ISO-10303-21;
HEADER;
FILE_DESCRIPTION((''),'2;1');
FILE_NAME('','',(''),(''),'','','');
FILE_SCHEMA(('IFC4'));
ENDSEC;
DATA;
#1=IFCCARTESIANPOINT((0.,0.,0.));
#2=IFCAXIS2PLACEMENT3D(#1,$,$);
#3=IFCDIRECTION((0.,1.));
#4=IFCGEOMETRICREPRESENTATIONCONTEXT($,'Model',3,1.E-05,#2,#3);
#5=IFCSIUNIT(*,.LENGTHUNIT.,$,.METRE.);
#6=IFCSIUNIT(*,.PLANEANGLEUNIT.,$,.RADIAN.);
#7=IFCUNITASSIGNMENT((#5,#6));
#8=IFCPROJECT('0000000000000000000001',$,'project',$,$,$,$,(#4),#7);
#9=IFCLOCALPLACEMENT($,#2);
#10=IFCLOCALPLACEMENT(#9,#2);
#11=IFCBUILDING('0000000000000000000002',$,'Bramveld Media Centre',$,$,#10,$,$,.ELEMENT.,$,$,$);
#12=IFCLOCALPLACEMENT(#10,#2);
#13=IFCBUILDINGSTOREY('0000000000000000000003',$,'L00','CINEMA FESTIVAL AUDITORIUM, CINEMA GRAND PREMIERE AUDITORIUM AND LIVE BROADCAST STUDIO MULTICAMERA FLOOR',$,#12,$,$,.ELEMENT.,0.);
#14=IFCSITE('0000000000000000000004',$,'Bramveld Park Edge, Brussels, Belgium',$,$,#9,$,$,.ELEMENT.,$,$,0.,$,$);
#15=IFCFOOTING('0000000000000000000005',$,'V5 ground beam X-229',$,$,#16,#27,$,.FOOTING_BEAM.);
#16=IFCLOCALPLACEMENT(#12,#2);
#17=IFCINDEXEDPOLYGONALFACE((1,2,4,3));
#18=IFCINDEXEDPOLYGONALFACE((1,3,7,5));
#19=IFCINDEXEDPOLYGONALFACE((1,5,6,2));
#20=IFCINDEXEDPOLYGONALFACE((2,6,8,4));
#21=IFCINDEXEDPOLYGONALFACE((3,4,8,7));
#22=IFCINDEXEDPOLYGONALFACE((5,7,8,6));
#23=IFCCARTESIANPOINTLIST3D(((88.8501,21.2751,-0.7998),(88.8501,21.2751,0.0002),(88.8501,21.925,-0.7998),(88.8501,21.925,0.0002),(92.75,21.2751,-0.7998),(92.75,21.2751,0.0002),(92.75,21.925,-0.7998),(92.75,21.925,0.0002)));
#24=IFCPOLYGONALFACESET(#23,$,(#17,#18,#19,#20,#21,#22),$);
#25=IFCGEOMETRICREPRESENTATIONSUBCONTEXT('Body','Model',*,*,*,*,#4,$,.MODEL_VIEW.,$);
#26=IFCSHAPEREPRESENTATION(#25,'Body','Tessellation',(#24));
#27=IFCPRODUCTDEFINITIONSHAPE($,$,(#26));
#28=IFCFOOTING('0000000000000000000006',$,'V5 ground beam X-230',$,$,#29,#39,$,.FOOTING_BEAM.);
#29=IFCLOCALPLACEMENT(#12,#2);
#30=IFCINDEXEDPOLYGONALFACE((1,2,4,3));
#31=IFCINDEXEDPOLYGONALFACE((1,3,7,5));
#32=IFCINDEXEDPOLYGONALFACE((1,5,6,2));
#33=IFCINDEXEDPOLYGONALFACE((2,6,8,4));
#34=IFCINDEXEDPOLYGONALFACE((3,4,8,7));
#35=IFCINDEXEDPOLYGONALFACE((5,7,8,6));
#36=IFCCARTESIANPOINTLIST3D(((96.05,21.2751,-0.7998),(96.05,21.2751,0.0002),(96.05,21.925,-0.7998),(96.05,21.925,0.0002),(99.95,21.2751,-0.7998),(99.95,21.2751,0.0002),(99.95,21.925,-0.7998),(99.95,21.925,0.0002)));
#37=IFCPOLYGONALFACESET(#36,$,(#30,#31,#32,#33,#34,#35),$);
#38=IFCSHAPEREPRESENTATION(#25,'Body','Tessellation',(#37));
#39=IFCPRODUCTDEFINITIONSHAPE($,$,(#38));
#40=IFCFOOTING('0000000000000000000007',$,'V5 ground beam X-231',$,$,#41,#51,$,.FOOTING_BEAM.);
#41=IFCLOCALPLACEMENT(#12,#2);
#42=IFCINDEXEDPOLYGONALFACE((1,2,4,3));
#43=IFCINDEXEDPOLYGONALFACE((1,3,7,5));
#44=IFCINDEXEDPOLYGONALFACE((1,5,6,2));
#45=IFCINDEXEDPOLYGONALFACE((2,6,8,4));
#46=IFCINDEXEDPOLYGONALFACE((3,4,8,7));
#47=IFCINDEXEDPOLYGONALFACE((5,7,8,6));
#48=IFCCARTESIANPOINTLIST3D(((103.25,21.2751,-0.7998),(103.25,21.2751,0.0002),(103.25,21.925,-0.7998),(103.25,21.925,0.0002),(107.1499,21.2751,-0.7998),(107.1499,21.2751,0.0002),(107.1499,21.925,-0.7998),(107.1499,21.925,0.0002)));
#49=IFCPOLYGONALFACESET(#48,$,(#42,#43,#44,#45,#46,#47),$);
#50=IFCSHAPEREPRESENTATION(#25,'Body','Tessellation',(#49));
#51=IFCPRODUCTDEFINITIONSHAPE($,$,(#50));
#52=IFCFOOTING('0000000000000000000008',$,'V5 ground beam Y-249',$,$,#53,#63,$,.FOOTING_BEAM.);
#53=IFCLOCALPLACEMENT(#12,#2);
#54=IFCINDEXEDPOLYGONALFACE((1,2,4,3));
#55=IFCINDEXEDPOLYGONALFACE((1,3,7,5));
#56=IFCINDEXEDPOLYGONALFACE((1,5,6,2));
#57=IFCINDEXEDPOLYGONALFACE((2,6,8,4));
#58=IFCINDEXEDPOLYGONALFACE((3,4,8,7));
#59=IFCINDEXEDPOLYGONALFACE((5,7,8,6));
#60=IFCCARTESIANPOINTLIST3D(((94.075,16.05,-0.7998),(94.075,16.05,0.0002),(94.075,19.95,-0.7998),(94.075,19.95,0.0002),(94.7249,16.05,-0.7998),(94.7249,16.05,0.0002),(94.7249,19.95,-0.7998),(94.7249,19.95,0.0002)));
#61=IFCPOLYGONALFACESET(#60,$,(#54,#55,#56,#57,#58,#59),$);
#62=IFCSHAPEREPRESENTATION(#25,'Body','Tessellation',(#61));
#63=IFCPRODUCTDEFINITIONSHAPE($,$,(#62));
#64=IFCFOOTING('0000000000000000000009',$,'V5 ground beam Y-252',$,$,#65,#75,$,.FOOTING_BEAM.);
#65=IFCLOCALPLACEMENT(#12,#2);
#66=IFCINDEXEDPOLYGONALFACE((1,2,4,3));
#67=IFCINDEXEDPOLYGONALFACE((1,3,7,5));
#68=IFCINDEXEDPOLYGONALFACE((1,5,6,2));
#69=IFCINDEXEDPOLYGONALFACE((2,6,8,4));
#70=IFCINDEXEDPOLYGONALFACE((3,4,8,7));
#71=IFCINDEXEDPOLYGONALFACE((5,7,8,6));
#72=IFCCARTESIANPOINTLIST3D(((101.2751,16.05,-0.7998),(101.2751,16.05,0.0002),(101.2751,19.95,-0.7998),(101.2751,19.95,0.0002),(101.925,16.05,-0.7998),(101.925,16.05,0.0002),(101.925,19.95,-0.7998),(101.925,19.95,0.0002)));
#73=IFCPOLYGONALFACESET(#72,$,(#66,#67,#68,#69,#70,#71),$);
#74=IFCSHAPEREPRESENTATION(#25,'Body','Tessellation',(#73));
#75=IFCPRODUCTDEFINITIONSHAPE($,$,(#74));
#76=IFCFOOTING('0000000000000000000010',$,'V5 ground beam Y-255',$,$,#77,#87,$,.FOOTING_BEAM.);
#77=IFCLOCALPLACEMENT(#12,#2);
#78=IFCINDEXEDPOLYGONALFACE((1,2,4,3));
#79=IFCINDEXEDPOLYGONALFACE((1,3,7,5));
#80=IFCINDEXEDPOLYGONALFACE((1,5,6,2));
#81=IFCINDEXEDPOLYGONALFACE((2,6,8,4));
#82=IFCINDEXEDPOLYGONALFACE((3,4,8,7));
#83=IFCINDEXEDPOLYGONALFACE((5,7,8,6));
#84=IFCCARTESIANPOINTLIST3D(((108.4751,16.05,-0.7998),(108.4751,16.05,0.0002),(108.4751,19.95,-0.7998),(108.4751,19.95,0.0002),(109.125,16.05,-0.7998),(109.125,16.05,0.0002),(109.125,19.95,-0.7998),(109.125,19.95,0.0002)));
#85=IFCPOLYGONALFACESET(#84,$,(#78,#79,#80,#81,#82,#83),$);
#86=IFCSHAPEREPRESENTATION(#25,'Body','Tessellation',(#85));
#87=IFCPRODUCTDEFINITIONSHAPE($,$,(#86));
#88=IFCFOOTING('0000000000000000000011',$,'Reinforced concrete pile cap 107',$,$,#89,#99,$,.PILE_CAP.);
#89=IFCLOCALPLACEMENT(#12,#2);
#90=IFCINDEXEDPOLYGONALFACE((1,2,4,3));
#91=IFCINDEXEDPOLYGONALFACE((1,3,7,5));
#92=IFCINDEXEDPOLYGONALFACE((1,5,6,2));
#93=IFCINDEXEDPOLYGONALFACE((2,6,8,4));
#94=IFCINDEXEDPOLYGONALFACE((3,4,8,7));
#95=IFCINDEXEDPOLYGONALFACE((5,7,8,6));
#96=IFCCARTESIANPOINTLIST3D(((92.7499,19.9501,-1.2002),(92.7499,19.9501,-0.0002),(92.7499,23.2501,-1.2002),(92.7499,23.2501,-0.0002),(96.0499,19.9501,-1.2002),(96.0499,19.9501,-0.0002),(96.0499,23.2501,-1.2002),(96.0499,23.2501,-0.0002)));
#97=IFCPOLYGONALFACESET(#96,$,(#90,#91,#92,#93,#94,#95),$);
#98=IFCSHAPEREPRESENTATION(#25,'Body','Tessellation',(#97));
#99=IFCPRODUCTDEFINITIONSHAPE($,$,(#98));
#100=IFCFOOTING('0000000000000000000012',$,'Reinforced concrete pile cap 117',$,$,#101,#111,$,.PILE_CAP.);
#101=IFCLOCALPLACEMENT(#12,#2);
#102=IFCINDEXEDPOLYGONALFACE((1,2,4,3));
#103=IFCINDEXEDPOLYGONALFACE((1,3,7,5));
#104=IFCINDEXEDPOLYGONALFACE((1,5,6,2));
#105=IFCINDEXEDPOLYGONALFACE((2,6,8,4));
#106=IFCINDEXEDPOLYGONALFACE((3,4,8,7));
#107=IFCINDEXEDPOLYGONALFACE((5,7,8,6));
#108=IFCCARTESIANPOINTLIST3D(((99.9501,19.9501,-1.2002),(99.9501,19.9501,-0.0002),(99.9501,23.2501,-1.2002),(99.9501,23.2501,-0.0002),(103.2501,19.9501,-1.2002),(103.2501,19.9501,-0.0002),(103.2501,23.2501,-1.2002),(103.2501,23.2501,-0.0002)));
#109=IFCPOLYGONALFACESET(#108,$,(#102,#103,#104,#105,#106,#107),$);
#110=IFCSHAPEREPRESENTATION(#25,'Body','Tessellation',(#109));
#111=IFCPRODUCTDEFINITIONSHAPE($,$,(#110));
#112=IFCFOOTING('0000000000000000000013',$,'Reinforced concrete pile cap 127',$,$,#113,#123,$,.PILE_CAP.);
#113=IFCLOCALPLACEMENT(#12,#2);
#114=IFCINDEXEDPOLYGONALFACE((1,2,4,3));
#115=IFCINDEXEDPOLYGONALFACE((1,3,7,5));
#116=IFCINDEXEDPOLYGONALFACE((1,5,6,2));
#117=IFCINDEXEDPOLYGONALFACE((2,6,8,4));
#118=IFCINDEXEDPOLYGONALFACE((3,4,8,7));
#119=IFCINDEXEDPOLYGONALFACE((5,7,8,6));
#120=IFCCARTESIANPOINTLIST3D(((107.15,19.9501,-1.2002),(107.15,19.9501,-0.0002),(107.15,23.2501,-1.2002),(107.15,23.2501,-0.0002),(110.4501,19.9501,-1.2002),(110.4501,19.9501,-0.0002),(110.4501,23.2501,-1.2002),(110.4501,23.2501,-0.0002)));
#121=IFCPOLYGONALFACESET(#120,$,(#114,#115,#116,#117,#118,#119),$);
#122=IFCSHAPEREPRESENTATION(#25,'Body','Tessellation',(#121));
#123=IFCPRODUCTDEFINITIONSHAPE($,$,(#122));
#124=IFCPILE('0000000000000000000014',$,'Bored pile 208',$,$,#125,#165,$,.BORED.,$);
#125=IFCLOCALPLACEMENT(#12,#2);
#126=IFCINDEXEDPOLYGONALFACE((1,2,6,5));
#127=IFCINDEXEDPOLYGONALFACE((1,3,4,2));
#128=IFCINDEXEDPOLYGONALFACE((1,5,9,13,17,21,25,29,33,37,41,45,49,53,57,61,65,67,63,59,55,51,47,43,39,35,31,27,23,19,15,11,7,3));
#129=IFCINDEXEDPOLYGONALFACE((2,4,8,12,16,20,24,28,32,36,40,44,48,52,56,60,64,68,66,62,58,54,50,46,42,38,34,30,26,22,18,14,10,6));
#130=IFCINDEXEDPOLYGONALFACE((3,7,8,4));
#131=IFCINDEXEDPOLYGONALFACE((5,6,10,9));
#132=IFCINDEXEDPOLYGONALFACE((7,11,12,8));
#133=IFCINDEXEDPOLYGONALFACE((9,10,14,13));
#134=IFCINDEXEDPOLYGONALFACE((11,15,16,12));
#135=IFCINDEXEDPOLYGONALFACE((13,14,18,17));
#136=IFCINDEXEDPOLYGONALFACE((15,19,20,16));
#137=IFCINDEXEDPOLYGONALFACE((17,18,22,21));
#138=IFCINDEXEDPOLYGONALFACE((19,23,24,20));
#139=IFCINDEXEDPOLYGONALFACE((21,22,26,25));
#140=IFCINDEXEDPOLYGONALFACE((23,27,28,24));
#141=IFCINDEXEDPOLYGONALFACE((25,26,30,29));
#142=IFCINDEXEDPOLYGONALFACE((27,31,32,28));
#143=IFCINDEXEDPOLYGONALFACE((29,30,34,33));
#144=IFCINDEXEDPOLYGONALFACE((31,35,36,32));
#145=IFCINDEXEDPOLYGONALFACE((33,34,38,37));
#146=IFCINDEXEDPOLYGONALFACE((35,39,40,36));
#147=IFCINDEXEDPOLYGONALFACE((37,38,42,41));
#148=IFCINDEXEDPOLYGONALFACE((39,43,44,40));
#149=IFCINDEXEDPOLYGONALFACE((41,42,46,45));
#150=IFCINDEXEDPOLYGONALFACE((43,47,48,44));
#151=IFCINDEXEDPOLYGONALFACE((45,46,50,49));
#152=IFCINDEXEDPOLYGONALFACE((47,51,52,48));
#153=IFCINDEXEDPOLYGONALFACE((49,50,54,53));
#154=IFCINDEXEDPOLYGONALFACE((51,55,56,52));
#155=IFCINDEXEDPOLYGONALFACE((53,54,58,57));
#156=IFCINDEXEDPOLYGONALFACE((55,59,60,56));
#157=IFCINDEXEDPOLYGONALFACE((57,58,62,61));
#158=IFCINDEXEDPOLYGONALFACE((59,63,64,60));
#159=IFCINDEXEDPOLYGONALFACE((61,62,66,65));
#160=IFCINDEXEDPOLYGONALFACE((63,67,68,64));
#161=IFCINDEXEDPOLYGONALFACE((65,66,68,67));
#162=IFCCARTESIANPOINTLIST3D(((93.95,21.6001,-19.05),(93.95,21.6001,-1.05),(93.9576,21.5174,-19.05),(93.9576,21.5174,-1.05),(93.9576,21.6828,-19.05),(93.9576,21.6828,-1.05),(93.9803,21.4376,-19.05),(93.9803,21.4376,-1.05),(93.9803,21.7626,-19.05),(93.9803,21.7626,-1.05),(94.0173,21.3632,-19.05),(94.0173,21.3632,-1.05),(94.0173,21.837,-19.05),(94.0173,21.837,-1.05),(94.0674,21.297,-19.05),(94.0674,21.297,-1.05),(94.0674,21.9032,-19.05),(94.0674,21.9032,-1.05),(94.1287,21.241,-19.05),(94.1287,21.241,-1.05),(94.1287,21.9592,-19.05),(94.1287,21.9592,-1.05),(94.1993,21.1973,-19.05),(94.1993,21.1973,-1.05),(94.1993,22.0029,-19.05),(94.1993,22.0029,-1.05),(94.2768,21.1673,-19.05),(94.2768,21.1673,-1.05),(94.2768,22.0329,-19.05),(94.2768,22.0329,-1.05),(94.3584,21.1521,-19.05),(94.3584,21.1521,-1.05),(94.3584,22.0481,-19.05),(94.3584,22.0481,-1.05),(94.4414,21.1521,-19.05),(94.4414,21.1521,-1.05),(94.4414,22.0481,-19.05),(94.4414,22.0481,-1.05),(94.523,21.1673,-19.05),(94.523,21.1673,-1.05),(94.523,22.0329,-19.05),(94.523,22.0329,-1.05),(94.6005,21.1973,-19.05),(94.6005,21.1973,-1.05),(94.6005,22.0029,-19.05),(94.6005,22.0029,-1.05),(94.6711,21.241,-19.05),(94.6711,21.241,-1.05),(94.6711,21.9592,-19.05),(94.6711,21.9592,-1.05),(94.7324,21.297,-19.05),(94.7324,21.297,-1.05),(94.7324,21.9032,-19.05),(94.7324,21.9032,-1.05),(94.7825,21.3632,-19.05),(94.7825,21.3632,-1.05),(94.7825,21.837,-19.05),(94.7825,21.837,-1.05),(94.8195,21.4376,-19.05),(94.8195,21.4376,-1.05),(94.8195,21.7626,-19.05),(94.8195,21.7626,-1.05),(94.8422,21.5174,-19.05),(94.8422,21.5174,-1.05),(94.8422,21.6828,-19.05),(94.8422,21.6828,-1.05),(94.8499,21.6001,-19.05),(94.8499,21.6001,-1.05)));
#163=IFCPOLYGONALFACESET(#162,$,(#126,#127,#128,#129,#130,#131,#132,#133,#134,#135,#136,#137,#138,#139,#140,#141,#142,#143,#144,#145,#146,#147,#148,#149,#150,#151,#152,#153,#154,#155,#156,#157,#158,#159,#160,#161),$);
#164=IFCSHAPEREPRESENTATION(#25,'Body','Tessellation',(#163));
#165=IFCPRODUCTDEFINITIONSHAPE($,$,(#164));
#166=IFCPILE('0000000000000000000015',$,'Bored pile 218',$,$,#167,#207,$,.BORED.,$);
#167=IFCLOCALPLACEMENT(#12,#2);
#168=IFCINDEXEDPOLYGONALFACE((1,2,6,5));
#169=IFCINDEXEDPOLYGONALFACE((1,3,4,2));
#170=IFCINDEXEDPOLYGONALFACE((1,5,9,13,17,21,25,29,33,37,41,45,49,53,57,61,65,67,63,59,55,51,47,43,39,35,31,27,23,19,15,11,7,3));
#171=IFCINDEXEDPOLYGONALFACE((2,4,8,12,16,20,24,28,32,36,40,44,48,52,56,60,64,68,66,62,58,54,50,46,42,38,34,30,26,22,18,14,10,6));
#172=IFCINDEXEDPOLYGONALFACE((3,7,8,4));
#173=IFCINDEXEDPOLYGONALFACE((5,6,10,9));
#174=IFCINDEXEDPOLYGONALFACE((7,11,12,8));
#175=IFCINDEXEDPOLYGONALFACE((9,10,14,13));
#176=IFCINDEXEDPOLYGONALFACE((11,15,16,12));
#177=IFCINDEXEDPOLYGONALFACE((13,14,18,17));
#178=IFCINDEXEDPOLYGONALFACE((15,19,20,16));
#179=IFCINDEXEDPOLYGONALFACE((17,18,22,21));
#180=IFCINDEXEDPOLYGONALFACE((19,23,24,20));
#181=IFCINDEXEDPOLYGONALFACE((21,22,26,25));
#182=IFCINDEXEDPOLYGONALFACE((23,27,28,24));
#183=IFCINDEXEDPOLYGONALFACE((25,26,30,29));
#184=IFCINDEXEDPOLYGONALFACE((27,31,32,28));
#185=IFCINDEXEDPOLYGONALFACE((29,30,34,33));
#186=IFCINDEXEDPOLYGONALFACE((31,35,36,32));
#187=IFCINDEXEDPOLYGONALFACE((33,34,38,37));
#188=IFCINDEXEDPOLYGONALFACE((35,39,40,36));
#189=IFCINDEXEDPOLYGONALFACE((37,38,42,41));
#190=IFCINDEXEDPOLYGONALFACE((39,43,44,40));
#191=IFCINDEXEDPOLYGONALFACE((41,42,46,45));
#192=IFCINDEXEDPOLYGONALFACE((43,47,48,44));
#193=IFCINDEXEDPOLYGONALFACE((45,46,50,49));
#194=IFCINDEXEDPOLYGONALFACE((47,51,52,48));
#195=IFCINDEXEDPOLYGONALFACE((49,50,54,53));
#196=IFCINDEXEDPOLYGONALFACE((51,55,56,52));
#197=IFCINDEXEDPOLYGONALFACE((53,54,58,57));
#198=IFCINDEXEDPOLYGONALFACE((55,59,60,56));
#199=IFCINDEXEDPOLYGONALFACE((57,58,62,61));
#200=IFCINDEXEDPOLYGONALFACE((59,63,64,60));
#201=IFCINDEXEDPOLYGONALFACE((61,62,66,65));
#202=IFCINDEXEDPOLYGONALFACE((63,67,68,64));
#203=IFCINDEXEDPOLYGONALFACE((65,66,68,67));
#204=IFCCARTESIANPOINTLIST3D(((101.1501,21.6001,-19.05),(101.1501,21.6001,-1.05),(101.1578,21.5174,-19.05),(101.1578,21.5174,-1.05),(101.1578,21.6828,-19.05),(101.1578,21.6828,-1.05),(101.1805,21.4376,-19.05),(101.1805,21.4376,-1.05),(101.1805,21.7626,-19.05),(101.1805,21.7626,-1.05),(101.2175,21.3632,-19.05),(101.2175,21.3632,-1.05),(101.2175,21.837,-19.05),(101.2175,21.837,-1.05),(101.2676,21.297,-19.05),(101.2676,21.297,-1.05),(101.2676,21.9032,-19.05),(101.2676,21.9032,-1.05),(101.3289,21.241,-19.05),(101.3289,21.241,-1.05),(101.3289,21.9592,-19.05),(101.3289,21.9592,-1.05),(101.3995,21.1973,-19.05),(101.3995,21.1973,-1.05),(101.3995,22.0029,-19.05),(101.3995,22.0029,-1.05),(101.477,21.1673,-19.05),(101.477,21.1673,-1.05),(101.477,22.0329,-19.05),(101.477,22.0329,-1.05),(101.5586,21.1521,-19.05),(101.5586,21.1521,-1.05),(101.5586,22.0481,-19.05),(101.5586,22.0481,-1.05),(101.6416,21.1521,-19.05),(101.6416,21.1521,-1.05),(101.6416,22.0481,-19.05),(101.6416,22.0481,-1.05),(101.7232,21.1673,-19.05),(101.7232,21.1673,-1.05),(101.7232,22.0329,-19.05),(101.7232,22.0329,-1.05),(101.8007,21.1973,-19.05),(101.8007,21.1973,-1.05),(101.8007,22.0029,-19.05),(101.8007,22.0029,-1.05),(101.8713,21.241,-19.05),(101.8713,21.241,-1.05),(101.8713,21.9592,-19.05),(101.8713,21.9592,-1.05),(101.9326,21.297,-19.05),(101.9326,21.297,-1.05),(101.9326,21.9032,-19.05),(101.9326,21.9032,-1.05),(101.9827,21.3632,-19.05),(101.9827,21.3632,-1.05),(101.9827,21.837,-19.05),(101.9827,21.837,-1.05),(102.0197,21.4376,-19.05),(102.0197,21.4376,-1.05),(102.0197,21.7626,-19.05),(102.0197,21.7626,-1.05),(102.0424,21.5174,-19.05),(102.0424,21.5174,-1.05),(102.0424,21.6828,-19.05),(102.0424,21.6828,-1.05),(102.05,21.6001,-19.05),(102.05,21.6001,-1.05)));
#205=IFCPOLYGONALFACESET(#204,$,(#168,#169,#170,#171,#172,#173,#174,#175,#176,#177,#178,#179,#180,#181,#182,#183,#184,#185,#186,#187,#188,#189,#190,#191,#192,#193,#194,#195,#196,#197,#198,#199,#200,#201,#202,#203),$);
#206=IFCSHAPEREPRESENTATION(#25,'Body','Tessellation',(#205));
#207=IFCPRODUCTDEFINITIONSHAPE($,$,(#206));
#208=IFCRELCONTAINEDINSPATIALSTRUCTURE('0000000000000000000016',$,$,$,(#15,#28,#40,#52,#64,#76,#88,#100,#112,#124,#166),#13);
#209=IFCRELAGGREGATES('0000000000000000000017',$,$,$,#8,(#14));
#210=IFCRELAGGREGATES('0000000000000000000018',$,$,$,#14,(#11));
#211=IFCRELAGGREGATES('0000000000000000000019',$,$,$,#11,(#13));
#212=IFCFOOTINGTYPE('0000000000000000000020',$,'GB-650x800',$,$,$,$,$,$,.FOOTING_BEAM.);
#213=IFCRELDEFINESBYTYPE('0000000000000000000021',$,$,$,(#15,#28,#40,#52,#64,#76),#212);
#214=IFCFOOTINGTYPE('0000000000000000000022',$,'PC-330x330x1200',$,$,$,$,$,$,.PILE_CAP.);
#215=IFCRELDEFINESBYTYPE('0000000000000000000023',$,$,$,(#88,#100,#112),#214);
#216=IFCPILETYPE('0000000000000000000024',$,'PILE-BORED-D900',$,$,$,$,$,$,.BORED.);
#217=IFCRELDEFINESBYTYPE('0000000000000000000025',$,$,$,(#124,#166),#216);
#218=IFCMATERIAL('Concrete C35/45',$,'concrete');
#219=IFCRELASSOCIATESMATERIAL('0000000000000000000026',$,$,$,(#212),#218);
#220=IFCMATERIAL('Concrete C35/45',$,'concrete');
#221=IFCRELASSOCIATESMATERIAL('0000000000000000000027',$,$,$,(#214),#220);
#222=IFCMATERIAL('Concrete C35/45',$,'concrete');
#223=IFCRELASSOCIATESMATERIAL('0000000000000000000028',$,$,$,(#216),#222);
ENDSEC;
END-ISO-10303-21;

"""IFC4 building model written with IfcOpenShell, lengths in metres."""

from ifc_helpers import new_model, si_unit, direction, frame, origin, origin_2d, place, context, subcontext, project, spatial, rectangle, circle, extrude, material, material_profile, profile_set, type_object, element, save


model = new_model("IFC4")

# Units and contexts
model_context = context("Model", 3, precision=1e-05, world=origin(), true_north=direction((0.0, 1.0)))
body_context = subcontext(model_context, "Body", "Model", "MODEL_VIEW")
ifc_project = project(units=[si_unit("LENGTHUNIT", "METRE"), si_unit("PLANEANGLEUNIT", "RADIAN")], contexts=[model_context])

# Site, building, storey
site_placement = place(None, origin())
site = spatial("IfcSite", under=ifc_project, at=site_placement, Name="Bramveld Park Edge, Brussels, Belgium", CompositionType="ELEMENT", RefElevation=0.0)
building_placement = place(site_placement, origin())
building = spatial("IfcBuilding", under=site, at=building_placement, Name="Bramveld Media Centre", CompositionType="ELEMENT")
storey_placement = place(building_placement, origin())
storey = spatial("IfcBuildingStorey", under=building, at=storey_placement, Name="L00", Description="CINEMA FESTIVAL AUDITORIUM, CINEMA GRAND PREMIERE AUDITORIUM AND LIVE BROADCAST STUDIO MULTICAMERA FLOOR", CompositionType="ELEMENT", Elevation=0.0)

# Footings
ifc_material_1 = material(Name="Concrete C35/45", Category="concrete")
footing_type_1 = type_object("IfcFootingType", Name="GB-650x800", PredefinedType="FOOTING_BEAM", material=ifc_material_1)
for number, where, z_axis, x_axis, name in (
    (1, (90.8, 21.6001, -0.7998), (0.0, 0.0, 1.0), (1.0, 0.0, 0.0), "V5 ground beam X-229"),
    (2, (98.0, 21.6001, -0.7998), (0.0, 0.0, 1.0), (1.0, 0.0, 0.0), "V5 ground beam X-230"),
    (3, (105.2, 21.6001, -0.7998), (0.0, 0.0, 1.0), (1.0, 0.0, 0.0), "V5 ground beam X-231"),
):
    element("IfcFooting", number, at=place(storey_placement, frame(where, z_axis=z_axis, x_axis=x_axis)), inside=storey, type_object=footing_type_1, Name=name, PredefinedType="FOOTING_BEAM", context=body_context, shape_type="SweptSolid", body=[
        extrude(rectangle(XDim=3.8999, YDim=0.6499, at=origin_2d()), origin(), (0.0, 0.0, 1.0), 0.8),
    ])
for number, where, z_axis, x_axis, name in (
    (4, (94.3999, 18.0, -0.7998), (0.0, 0.0, 1.0), (1.0, 0.0, 0.0), "V5 ground beam Y-249"),
    (5, (101.6001, 18.0, -0.7998), (0.0, 0.0, 1.0), (1.0, 0.0, 0.0), "V5 ground beam Y-252"),
    (6, (108.8, 18.0, -0.7998), (0.0, 0.0, 1.0), (1.0, 0.0, 0.0), "V5 ground beam Y-255"),
):
    element("IfcFooting", number, at=place(storey_placement, frame(where, z_axis=z_axis, x_axis=x_axis)), inside=storey, type_object=footing_type_1, Name=name, PredefinedType="FOOTING_BEAM", context=body_context, shape_type="SweptSolid", body=[
        extrude(rectangle(XDim=0.6499, YDim=3.8999, at=origin_2d()), origin(), (0.0, 0.0, 1.0), 0.8),
    ])
ifc_material_2 = material(Name="Concrete C35/45", Category="concrete")
footing_type_2 = type_object("IfcFootingType", Name="PC-330x330x1200", PredefinedType="PILE_CAP", material=ifc_material_2)
for number, where, z_axis, x_axis, name in (
    (7, (94.3999, 21.6001, -1.2002), (0.0, 0.0, 1.0), (1.0, 0.0, 0.0), "Reinforced concrete pile cap 107"),
    (8, (101.6001, 21.6001, -1.2002), (0.0, 0.0, 1.0), (1.0, 0.0, 0.0), "Reinforced concrete pile cap 117"),
    (9, (108.8, 21.6001, -1.2002), (0.0, 0.0, 1.0), (1.0, 0.0, 0.0), "Reinforced concrete pile cap 127"),
):
    element("IfcFooting", number, at=place(storey_placement, frame(where, z_axis=z_axis, x_axis=x_axis)), inside=storey, type_object=footing_type_2, Name=name, PredefinedType="PILE_CAP", context=body_context, shape_type="SweptSolid", body=[
        extrude(rectangle(XDim=3.3, YDim=3.3, at=origin_2d()), origin(), (0.0, 0.0, 1.0), 1.2),
    ])

# Piles
ifc_material_3 = material(Name="Concrete C35/45", Category="concrete")
ifc_material_profile_1 = material_profile(ifc_material_3, circle(Radius=0.45, at=origin_2d()), Name="BORED D900")
ifc_profile_set_1 = profile_set([ifc_material_profile_1], Name="Concrete C35/45")
pile_type = type_object("IfcPileType", Name="PILE-BORED-D900", PredefinedType="BORED", material=ifc_profile_set_1)
for number, where, z_axis, x_axis, name in (
    (10, (94.3999, 21.6001, -1.05), (0.0, 0.0, -1.0), (1.0, 0.0, 0.0), "Bored pile 208"),
    (11, (101.6001, 21.6001, -1.05), (0.0, 0.0, -1.0), (1.0, 0.0, 0.0), "Bored pile 218"),
):
    element("IfcPile", number, at=place(storey_placement, frame(where, z_axis=z_axis, x_axis=x_axis)), inside=storey, type_object=pile_type, Name=name, PredefinedType="BORED", context=body_context, shape_type="SweptSolid", body=[
        extrude(circle(Radius=0.45, at=origin_2d()), origin(), (0.0, 0.0, 1.0), 18.0),
    ])

save(model, "model.ifc")
